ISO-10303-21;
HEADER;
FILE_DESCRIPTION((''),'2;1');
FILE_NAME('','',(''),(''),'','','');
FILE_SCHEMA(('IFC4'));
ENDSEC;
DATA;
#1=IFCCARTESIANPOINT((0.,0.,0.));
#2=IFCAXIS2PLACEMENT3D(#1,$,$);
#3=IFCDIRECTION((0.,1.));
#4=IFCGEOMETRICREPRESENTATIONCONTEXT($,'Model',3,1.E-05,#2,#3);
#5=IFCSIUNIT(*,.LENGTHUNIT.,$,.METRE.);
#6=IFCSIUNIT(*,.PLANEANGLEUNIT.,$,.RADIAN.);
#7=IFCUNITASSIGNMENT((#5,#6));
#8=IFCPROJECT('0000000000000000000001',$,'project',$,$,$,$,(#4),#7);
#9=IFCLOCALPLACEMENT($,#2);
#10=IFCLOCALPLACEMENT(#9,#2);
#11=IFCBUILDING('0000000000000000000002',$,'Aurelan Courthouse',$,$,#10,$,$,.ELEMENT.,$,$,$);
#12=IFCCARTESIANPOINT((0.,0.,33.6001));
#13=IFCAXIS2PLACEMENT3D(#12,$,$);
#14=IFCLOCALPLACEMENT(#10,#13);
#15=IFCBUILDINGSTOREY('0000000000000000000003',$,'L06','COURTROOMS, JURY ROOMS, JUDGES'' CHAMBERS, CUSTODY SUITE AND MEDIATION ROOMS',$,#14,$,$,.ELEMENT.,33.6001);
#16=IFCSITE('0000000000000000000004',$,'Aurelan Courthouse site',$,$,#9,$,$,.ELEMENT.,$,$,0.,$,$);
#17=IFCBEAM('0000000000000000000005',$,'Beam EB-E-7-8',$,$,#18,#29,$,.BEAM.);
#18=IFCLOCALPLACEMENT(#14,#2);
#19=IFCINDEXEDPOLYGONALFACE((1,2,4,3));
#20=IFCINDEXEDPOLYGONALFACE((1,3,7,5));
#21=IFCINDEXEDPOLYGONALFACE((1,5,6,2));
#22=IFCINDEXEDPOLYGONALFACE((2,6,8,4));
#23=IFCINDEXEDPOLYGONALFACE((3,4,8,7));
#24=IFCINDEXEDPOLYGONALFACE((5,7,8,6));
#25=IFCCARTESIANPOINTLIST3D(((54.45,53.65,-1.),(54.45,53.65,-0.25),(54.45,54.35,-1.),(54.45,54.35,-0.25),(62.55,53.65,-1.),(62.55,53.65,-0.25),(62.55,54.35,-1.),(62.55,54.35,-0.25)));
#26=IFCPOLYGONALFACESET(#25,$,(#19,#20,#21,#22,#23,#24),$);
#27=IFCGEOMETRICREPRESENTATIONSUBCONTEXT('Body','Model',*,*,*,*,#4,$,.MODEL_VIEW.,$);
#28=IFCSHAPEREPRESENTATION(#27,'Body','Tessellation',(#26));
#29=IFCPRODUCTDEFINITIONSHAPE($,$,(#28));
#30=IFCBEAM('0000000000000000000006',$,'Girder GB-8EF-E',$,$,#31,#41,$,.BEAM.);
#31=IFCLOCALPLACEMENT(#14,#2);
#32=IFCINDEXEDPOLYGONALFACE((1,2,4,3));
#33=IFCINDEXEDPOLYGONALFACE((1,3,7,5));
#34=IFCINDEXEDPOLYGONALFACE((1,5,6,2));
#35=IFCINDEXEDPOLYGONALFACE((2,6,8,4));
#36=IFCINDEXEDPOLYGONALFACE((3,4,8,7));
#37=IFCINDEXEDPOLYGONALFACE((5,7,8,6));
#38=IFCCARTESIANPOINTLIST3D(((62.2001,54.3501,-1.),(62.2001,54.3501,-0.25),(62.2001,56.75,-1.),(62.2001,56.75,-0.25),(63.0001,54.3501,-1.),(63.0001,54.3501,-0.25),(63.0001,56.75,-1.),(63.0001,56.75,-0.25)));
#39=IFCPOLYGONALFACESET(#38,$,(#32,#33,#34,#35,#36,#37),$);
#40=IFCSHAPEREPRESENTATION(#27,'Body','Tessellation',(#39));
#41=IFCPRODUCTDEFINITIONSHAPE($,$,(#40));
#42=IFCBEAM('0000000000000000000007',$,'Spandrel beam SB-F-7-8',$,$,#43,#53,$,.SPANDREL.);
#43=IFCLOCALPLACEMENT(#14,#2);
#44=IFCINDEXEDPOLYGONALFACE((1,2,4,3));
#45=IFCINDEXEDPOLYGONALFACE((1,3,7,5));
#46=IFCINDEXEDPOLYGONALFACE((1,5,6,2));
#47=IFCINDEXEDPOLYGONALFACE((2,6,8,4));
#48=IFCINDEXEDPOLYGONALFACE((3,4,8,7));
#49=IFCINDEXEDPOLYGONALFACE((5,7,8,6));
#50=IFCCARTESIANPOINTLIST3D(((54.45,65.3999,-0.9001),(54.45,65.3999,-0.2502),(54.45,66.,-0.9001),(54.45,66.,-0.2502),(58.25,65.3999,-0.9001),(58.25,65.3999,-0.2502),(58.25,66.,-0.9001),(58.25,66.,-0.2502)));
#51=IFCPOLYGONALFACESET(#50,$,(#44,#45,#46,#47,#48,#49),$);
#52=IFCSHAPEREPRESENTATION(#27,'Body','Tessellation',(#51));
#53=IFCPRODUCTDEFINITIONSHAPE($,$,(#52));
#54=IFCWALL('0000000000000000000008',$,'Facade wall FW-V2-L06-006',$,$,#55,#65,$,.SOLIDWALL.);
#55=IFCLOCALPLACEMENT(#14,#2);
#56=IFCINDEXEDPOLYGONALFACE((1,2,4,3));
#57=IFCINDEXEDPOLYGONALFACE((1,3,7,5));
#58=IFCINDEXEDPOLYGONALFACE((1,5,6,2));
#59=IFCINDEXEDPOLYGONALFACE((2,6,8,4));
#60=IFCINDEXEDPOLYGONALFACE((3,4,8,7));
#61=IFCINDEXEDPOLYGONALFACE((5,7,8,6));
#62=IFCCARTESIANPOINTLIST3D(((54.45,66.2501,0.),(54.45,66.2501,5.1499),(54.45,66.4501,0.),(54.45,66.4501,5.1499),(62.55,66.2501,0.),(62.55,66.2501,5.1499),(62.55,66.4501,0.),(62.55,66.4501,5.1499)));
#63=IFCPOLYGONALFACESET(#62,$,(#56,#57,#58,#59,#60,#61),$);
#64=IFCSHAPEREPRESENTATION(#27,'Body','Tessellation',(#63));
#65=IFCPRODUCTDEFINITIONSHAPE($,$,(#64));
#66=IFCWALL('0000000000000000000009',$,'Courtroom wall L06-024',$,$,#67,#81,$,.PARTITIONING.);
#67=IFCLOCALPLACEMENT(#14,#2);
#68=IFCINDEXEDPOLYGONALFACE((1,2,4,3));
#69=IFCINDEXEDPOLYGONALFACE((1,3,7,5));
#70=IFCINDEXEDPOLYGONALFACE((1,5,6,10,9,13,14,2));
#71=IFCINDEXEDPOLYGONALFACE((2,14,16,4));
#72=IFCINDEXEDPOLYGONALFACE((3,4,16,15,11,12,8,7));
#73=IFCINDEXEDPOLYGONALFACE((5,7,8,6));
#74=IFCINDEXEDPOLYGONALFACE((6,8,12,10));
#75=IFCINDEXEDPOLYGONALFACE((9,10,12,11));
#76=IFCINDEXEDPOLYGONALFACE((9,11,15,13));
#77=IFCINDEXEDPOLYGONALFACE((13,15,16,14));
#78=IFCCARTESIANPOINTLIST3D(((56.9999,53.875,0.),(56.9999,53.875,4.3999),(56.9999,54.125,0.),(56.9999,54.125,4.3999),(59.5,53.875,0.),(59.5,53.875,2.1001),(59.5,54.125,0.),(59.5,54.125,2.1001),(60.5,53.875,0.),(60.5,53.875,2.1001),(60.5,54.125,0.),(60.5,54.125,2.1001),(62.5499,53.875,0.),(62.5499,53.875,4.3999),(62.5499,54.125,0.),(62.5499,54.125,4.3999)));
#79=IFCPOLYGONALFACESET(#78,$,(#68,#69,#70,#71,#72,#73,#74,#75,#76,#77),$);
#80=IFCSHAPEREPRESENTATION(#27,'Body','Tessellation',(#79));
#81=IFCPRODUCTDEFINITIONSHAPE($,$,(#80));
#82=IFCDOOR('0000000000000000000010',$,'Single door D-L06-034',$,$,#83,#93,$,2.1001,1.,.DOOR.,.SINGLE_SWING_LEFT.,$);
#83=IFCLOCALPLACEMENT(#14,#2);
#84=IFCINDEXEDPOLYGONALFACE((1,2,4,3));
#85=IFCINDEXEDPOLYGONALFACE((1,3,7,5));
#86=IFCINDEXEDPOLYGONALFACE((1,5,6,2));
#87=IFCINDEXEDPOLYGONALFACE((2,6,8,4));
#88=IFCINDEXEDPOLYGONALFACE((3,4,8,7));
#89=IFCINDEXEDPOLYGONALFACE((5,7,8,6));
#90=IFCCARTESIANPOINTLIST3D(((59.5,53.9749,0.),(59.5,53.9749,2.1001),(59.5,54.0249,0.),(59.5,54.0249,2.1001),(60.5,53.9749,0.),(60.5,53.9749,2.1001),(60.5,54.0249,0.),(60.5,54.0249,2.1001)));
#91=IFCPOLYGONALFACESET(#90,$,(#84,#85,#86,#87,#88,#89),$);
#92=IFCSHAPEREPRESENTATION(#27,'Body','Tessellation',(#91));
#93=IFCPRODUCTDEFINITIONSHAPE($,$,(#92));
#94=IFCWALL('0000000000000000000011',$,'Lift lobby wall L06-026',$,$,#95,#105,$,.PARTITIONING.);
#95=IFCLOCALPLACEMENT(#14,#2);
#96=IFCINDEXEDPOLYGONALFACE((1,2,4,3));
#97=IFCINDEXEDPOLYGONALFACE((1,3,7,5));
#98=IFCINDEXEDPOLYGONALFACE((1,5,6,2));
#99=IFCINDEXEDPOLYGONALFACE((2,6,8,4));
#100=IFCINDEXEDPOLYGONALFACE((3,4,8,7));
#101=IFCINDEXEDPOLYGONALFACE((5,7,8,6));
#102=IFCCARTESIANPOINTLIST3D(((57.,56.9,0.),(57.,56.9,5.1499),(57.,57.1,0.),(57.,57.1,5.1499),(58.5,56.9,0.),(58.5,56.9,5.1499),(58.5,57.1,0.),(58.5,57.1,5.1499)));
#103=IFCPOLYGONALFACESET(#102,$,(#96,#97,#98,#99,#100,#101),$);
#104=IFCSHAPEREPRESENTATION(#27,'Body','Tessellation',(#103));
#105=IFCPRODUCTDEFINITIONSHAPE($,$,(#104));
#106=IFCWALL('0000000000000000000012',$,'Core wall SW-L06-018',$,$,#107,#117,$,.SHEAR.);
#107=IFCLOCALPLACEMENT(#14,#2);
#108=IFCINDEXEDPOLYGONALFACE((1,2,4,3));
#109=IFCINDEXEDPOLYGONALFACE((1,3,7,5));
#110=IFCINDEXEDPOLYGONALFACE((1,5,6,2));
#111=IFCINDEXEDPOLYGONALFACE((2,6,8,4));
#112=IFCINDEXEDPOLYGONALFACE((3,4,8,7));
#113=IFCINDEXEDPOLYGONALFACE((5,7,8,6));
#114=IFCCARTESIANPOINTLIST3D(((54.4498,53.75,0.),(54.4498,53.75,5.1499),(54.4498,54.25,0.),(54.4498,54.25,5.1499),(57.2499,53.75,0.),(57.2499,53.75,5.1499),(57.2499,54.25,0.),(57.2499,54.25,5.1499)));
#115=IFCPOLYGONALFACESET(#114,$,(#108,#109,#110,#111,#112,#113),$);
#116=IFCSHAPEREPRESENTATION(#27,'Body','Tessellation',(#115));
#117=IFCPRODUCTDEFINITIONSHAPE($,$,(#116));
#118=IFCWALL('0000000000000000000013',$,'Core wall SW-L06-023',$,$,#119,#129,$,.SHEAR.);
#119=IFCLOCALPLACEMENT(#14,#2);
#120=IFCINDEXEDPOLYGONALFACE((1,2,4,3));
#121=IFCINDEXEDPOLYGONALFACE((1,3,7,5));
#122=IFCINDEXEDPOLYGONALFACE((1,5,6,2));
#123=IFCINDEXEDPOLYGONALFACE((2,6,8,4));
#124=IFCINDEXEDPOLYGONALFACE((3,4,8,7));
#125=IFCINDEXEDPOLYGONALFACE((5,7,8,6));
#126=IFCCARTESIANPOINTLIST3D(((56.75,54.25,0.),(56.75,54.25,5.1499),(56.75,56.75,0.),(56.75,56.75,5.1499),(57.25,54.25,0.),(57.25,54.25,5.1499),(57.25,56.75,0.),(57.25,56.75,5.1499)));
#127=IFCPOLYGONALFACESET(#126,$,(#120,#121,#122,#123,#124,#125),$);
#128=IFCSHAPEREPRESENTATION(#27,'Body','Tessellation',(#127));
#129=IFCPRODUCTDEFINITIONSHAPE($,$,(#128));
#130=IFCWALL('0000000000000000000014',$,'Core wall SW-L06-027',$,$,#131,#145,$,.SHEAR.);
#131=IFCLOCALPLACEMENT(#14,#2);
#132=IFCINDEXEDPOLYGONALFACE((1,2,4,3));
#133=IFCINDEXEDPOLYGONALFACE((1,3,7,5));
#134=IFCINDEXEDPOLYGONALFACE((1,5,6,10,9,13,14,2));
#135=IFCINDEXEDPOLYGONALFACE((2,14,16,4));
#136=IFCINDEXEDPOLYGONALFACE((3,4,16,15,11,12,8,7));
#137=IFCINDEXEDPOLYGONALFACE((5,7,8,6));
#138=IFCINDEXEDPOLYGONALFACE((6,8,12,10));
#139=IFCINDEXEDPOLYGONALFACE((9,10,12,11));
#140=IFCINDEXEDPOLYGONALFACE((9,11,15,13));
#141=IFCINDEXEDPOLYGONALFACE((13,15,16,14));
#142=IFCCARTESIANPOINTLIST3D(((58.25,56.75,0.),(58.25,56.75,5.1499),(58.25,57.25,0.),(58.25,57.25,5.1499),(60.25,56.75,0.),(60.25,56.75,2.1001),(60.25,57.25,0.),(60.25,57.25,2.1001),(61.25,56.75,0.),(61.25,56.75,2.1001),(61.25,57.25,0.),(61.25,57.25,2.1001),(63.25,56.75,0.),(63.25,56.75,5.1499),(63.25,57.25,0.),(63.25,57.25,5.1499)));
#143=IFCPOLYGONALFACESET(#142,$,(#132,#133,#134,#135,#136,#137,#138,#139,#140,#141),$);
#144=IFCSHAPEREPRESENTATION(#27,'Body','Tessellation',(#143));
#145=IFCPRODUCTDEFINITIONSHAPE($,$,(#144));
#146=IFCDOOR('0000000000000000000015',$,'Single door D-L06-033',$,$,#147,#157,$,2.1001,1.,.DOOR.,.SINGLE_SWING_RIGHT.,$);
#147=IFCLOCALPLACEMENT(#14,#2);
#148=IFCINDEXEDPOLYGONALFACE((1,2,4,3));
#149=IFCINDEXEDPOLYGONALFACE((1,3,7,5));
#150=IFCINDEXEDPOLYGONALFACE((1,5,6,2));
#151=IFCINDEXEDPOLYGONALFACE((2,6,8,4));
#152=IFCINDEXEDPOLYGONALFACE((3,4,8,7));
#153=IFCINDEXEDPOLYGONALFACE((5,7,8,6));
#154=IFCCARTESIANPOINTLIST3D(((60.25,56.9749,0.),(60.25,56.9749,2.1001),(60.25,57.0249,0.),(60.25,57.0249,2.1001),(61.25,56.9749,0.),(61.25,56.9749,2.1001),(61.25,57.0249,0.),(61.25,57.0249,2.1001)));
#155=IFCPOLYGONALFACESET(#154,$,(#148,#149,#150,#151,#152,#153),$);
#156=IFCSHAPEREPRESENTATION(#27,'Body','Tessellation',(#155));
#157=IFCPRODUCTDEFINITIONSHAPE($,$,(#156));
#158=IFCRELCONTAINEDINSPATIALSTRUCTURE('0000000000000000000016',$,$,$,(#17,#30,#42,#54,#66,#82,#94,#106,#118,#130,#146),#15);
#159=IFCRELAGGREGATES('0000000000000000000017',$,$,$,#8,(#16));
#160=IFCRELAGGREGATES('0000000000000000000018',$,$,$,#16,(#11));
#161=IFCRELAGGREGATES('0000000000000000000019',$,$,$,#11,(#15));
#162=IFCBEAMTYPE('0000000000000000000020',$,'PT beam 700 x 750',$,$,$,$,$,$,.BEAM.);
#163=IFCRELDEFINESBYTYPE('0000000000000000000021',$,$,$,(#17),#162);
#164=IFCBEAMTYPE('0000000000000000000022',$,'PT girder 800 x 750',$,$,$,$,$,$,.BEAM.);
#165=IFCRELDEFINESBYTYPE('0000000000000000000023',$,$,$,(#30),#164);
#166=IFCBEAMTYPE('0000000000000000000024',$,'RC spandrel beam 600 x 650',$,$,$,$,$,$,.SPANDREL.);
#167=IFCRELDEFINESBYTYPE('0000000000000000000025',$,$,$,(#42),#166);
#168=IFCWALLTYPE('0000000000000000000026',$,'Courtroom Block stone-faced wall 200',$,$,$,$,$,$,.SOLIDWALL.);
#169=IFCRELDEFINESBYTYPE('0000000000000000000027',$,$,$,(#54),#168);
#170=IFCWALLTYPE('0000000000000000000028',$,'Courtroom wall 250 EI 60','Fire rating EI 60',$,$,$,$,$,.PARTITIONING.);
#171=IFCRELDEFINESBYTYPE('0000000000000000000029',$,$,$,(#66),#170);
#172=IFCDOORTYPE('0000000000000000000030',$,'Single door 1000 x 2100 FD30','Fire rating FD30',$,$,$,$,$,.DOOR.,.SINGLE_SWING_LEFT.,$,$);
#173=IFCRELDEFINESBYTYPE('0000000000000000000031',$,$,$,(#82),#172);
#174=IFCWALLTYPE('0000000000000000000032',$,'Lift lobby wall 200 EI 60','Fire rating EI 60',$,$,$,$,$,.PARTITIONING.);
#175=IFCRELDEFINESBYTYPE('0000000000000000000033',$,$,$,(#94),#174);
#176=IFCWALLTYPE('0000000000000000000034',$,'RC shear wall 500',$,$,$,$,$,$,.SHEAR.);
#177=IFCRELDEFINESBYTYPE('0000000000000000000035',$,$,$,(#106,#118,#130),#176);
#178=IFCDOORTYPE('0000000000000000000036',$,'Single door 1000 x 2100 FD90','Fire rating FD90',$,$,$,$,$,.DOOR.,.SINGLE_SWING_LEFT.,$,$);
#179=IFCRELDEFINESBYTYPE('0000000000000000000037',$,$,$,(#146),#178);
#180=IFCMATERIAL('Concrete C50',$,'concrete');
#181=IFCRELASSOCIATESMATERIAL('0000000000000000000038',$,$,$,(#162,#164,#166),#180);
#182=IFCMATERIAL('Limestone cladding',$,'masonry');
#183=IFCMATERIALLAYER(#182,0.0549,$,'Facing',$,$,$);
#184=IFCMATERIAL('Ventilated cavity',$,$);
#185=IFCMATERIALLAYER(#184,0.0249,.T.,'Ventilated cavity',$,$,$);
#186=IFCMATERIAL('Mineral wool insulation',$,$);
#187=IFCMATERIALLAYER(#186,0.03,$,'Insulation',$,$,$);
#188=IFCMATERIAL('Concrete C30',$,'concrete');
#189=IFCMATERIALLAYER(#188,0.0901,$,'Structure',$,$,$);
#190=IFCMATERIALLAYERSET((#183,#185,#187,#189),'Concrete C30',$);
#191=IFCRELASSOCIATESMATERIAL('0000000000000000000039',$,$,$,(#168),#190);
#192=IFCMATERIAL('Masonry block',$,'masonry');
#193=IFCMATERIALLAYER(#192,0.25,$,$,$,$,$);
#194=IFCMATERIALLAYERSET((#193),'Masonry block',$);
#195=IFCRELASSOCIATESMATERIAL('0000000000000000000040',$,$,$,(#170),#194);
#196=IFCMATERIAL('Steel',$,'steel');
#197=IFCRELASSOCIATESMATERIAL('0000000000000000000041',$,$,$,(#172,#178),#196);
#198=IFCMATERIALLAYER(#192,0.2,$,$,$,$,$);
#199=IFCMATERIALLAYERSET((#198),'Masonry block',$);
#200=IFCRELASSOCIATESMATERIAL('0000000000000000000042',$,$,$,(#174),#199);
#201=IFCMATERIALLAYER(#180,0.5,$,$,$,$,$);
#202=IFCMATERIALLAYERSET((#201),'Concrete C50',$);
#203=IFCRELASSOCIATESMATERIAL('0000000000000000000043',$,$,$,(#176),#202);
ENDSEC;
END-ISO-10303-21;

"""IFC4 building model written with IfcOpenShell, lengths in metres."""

from ifc_helpers import new_model, si_unit, direction, frame, frame_2d, origin, origin_2d, place, context, subcontext, project, spatial, rectangle, extrude, material, layer, layer_set, material_profile, profile_set, type_object, element, fill, save


model = new_model("IFC4")

# Units and contexts
model_context = context("Model", 3, precision=1e-05, world=origin(), true_north=direction((0.0, 1.0)))
body_context = subcontext(model_context, "Body", "Model", "MODEL_VIEW")
ifc_project = project(units=[si_unit("LENGTHUNIT", "METRE"), si_unit("PLANEANGLEUNIT", "RADIAN")], contexts=[model_context])

# Site, building, storey
site_placement = place(None, origin())
site = spatial("IfcSite", under=ifc_project, at=site_placement, Name="Aurelan Courthouse site", CompositionType="ELEMENT", RefElevation=0.0)
building_placement = place(site_placement, origin())
building = spatial("IfcBuilding", under=site, at=building_placement, Name="Aurelan Courthouse", CompositionType="ELEMENT")
storey_placement = place(building_placement, frame((0.0, 0.0, 33.6001)))
storey = spatial("IfcBuildingStorey", under=building, at=storey_placement, Name="L06", Description="COURTROOMS, JURY ROOMS, JUDGES' CHAMBERS, CUSTODY SUITE AND MEDIATION ROOMS", CompositionType="ELEMENT", Elevation=33.6001)

# Beams
ifc_material_1 = material(Name="Concrete C50", Category="concrete")
ifc_material_profile_1 = material_profile(ifc_material_1, rectangle(XDim=0.7, YDim=0.75, at=origin_2d()), Name="RC 700 x 750")
ifc_profile_set_1 = profile_set([ifc_material_profile_1], Name="Concrete C50")
beam_type_1 = type_object("IfcBeamType", Name="PT beam 700 x 750", PredefinedType="BEAM", material=ifc_profile_set_1)
beam_1_placement = place(storey_placement, frame((54.45, 54.0, -0.625), z_axis=(1.0, 0.0, 0.0), x_axis=(0.0, 1.0, 0.0)))
element("IfcBeam", 1, at=beam_1_placement, inside=storey, type_object=beam_type_1, Name="Beam EB-E-7-8", PredefinedType="BEAM", context=body_context, shape_type="SweptSolid", body=[
    extrude(rectangle(XDim=0.7, YDim=0.75, at=origin_2d()), origin(), (0.0, 0.0, 1.0), 8.1001),
])
ifc_material_profile_2 = material_profile(ifc_material_1, rectangle(XDim=0.8, YDim=0.75, at=origin_2d()), Name="RC 800 x 750")
ifc_profile_set_2 = profile_set([ifc_material_profile_2], Name="Concrete C50")
beam_type_2 = type_object("IfcBeamType", Name="PT girder 800 x 750", PredefinedType="BEAM", material=ifc_profile_set_2)
beam_2_placement = place(storey_placement, frame((62.6001, 54.3501, -0.625), z_axis=(0.0, 1.0, 0.0), x_axis=(-1.0, 0.0, 0.0)))
element("IfcBeam", 2, at=beam_2_placement, inside=storey, type_object=beam_type_2, Name="Girder GB-8EF-E", PredefinedType="BEAM", context=body_context, shape_type="SweptSolid", body=[
    extrude(rectangle(XDim=0.8, YDim=0.75, at=origin_2d()), origin(), (0.0, 0.0, 1.0), 2.3999),
])
ifc_material_profile_3 = material_profile(ifc_material_1, rectangle(XDim=0.6001, YDim=0.6499, at=origin_2d()), Name="RC 600 x 650")
ifc_profile_set_3 = profile_set([ifc_material_profile_3], Name="Concrete C50")
beam_type_3 = type_object("IfcBeamType", Name="RC spandrel beam 600 x 650", PredefinedType="SPANDREL", material=ifc_profile_set_3)
beam_3_placement = place(storey_placement, frame((54.45, 65.7, -0.5752), z_axis=(1.0, 0.0, 0.0), x_axis=(0.0, 1.0, 0.0)))
element("IfcBeam", 3, at=beam_3_placement, inside=storey, type_object=beam_type_3, Name="Spandrel beam SB-F-7-8", PredefinedType="SPANDREL", context=body_context, shape_type="SweptSolid", body=[
    extrude(rectangle(XDim=0.6001, YDim=0.6499, at=origin_2d()), origin(), (0.0, 0.0, 1.0), 3.8),
])

# Wall
ifc_material_2 = material(Name="Limestone cladding", Category="masonry")
ifc_layer_1 = layer(ifc_material_2, 0.0549, Name="Facing")
ifc_material_3 = material(Name="Ventilated cavity")
ifc_layer_2 = layer(ifc_material_3, 0.0249, ventilated=True, Name="Ventilated cavity")
ifc_material_4 = material(Name="Mineral wool insulation")
ifc_layer_3 = layer(ifc_material_4, 0.03, Name="Insulation")
ifc_material_5 = material(Name="Concrete C30", Category="concrete")
ifc_layer_4 = layer(ifc_material_5, 0.0901, Name="Structure")
ifc_layer_set_1 = layer_set([ifc_layer_1, ifc_layer_2, ifc_layer_3, ifc_layer_4], Name="Concrete C30")
wall_type_1 = type_object("IfcWallType", Name="Courtroom Block stone-faced wall 200", PredefinedType="SOLIDWALL", material=ifc_layer_set_1)
wall_1_placement = place(storey_placement, frame((54.45, 66.3501, 0.0), z_axis=(0.0, 0.0, 1.0), x_axis=(1.0, 0.0, 0.0)))
element("IfcWall", 4, at=wall_1_placement, inside=storey, type_object=wall_type_1, Name="Facade wall FW-V2-L06-006", PredefinedType="SOLIDWALL", context=body_context, shape_type="SweptSolid", body=[
    extrude(rectangle(XDim=8.1001, YDim=0.2, at=frame_2d((4.05, 0.0))), origin(), (0.0, 0.0, 1.0), 5.1499),
])

# Wall, opening, door
ifc_material_6 = material(Name="Masonry block", Category="masonry")
ifc_layer_5 = layer(ifc_material_6, 0.25)
ifc_layer_set_2 = layer_set([ifc_layer_5], Name="Masonry block")
wall_type_2 = type_object("IfcWallType", Name="Courtroom wall 250 EI 60", Description="Fire rating EI 60", PredefinedType="PARTITIONING", material=ifc_layer_set_2)
wall_2_placement = place(storey_placement, frame((57.0, 54.0, 0.0), z_axis=(0.0, 0.0, 1.0), x_axis=(1.0, 0.0, 0.0)))
wall_2 = element("IfcWall", 5, at=wall_2_placement, inside=storey, type_object=wall_type_2, Name="Courtroom wall L06-024", PredefinedType="PARTITIONING", context=body_context, shape_type="SweptSolid", body=[
    extrude(rectangle(XDim=5.55, YDim=0.25, at=frame_2d((2.7749, 0.0))), origin(), (0.0, 0.0, 1.0), 4.3999),
])
opening_1_placement = place(wall_2_placement, frame((2.5, 0.0, 0.0)))
opening_1 = element("IfcOpeningElement", 6, at=opening_1_placement, cuts=wall_2, PredefinedType="OPENING", context=body_context, shape_type="SweptSolid", body=[
    extrude(rectangle(XDim=1.0, YDim=2.1001, at=frame_2d((0.5, 1.05))), frame((0.0, 0.135, 0.0), z_axis=(0.0, -1.0, 0.0), x_axis=(1.0, 0.0, 0.0)), (0.0, 0.0, 1.0), 0.27),
])
ifc_material_7 = material(Name="Steel", Category="steel")
door_type_1 = type_object("IfcDoorType", Name="Single door 1000 x 2100 FD30", Description="Fire rating FD30", OperationType="SINGLE_SWING_LEFT", PredefinedType="DOOR", material=ifc_material_7)
door_1_placement = place(opening_1_placement, origin())
door_1 = element("IfcDoor", 7, at=door_1_placement, inside=storey, type_object=door_type_1, Name="Single door D-L06-034", OperationType="SINGLE_SWING_LEFT", OverallHeight=2.1001, OverallWidth=1.0, PredefinedType="DOOR", context=body_context, shape_type="SweptSolid", body=[
    extrude(rectangle(XDim=1.0, YDim=2.1001, at=frame_2d((0.5, 1.05))), frame((0.0, 0.0249, 0.0), z_axis=(0.0, -1.0, 0.0), x_axis=(1.0, 0.0, 0.0)), (0.0, 0.0, 1.0), 0.05),
])
fill(opening_1, door_1)

# Walls
ifc_layer_6 = layer(ifc_material_6, 0.2)
ifc_layer_set_3 = layer_set([ifc_layer_6], Name="Masonry block")
wall_type_3 = type_object("IfcWallType", Name="Lift lobby wall 200 EI 60", Description="Fire rating EI 60", PredefinedType="PARTITIONING", material=ifc_layer_set_3)
wall_3_placement = place(storey_placement, frame((57.0, 57.0, 0.0), z_axis=(0.0, 0.0, 1.0), x_axis=(1.0, 0.0, 0.0)))
element("IfcWall", 8, at=wall_3_placement, inside=storey, type_object=wall_type_3, Name="Lift lobby wall L06-026", PredefinedType="PARTITIONING", context=body_context, shape_type="SweptSolid", body=[
    extrude(rectangle(XDim=1.5, YDim=0.2, at=frame_2d((0.75, 0.0))), origin(), (0.0, 0.0, 1.0), 5.1499),
])
ifc_layer_7 = layer(ifc_material_1, 0.5)
ifc_layer_set_4 = layer_set([ifc_layer_7], Name="Concrete C50")
wall_type_4 = type_object("IfcWallType", Name="RC shear wall 500", PredefinedType="SHEAR", material=ifc_layer_set_4)
wall_4_placement = place(storey_placement, frame((54.45, 54.0, 0.0), z_axis=(0.0, 0.0, 1.0), x_axis=(1.0, 0.0, 0.0)))
element("IfcWall", 9, at=wall_4_placement, inside=storey, type_object=wall_type_4, Name="Core wall SW-L06-018", PredefinedType="SHEAR", context=body_context, shape_type="SweptSolid", body=[
    extrude(rectangle(XDim=2.8, YDim=0.5, at=frame_2d((1.3999, 0.0))), origin(), (0.0, 0.0, 1.0), 5.1499),
])
wall_5_placement = place(storey_placement, frame((57.0, 54.25, 0.0), z_axis=(0.0, 0.0, 1.0), x_axis=(0.0, 1.0, 0.0)))
element("IfcWall", 10, at=wall_5_placement, inside=storey, type_object=wall_type_4, Name="Core wall SW-L06-023", PredefinedType="SHEAR", context=body_context, shape_type="SweptSolid", body=[
    extrude(rectangle(XDim=2.5, YDim=0.5, at=frame_2d((1.25, 0.0))), origin(), (0.0, 0.0, 1.0), 5.1499),
])

# Wall, opening, door
wall_6_placement = place(storey_placement, frame((58.25, 57.0, 0.0), z_axis=(0.0, 0.0, 1.0), x_axis=(1.0, 0.0, 0.0)))
wall_6 = element("IfcWall", 11, at=wall_6_placement, inside=storey, type_object=wall_type_4, Name="Core wall SW-L06-027", PredefinedType="SHEAR", context=body_context, shape_type="SweptSolid", body=[
    extrude(rectangle(XDim=5.0, YDim=0.5, at=frame_2d((2.5, 0.0))), origin(), (0.0, 0.0, 1.0), 5.1499),
])
opening_2_placement = place(wall_6_placement, frame((2.0, 0.0, 0.0)))
opening_2 = element("IfcOpeningElement", 12, at=opening_2_placement, cuts=wall_6, PredefinedType="OPENING", context=body_context, shape_type="SweptSolid", body=[
    extrude(rectangle(XDim=1.0, YDim=2.1001, at=frame_2d((0.5, 1.05))), frame((0.0, 0.26, 0.0), z_axis=(0.0, -1.0, 0.0), x_axis=(1.0, 0.0, 0.0)), (0.0, 0.0, 1.0), 0.52),
])
door_type_2 = type_object("IfcDoorType", Name="Single door 1000 x 2100 FD90", Description="Fire rating FD90", OperationType="SINGLE_SWING_LEFT", PredefinedType="DOOR", material=ifc_material_7)
door_2_placement = place(opening_2_placement, origin())
door_2 = element("IfcDoor", 13, at=door_2_placement, inside=storey, type_object=door_type_2, Name="Single door D-L06-033", OperationType="SINGLE_SWING_RIGHT", OverallHeight=2.1001, OverallWidth=1.0, PredefinedType="DOOR", context=body_context, shape_type="SweptSolid", body=[
    extrude(rectangle(XDim=1.0, YDim=2.1001, at=frame_2d((0.5, 1.05))), frame((0.0, 0.0249, 0.0), z_axis=(0.0, -1.0, 0.0), x_axis=(1.0, 0.0, 0.0)), (0.0, 0.0, 1.0), 0.05),
])
fill(opening_2, door_2)

save(model, "model.ifc")
